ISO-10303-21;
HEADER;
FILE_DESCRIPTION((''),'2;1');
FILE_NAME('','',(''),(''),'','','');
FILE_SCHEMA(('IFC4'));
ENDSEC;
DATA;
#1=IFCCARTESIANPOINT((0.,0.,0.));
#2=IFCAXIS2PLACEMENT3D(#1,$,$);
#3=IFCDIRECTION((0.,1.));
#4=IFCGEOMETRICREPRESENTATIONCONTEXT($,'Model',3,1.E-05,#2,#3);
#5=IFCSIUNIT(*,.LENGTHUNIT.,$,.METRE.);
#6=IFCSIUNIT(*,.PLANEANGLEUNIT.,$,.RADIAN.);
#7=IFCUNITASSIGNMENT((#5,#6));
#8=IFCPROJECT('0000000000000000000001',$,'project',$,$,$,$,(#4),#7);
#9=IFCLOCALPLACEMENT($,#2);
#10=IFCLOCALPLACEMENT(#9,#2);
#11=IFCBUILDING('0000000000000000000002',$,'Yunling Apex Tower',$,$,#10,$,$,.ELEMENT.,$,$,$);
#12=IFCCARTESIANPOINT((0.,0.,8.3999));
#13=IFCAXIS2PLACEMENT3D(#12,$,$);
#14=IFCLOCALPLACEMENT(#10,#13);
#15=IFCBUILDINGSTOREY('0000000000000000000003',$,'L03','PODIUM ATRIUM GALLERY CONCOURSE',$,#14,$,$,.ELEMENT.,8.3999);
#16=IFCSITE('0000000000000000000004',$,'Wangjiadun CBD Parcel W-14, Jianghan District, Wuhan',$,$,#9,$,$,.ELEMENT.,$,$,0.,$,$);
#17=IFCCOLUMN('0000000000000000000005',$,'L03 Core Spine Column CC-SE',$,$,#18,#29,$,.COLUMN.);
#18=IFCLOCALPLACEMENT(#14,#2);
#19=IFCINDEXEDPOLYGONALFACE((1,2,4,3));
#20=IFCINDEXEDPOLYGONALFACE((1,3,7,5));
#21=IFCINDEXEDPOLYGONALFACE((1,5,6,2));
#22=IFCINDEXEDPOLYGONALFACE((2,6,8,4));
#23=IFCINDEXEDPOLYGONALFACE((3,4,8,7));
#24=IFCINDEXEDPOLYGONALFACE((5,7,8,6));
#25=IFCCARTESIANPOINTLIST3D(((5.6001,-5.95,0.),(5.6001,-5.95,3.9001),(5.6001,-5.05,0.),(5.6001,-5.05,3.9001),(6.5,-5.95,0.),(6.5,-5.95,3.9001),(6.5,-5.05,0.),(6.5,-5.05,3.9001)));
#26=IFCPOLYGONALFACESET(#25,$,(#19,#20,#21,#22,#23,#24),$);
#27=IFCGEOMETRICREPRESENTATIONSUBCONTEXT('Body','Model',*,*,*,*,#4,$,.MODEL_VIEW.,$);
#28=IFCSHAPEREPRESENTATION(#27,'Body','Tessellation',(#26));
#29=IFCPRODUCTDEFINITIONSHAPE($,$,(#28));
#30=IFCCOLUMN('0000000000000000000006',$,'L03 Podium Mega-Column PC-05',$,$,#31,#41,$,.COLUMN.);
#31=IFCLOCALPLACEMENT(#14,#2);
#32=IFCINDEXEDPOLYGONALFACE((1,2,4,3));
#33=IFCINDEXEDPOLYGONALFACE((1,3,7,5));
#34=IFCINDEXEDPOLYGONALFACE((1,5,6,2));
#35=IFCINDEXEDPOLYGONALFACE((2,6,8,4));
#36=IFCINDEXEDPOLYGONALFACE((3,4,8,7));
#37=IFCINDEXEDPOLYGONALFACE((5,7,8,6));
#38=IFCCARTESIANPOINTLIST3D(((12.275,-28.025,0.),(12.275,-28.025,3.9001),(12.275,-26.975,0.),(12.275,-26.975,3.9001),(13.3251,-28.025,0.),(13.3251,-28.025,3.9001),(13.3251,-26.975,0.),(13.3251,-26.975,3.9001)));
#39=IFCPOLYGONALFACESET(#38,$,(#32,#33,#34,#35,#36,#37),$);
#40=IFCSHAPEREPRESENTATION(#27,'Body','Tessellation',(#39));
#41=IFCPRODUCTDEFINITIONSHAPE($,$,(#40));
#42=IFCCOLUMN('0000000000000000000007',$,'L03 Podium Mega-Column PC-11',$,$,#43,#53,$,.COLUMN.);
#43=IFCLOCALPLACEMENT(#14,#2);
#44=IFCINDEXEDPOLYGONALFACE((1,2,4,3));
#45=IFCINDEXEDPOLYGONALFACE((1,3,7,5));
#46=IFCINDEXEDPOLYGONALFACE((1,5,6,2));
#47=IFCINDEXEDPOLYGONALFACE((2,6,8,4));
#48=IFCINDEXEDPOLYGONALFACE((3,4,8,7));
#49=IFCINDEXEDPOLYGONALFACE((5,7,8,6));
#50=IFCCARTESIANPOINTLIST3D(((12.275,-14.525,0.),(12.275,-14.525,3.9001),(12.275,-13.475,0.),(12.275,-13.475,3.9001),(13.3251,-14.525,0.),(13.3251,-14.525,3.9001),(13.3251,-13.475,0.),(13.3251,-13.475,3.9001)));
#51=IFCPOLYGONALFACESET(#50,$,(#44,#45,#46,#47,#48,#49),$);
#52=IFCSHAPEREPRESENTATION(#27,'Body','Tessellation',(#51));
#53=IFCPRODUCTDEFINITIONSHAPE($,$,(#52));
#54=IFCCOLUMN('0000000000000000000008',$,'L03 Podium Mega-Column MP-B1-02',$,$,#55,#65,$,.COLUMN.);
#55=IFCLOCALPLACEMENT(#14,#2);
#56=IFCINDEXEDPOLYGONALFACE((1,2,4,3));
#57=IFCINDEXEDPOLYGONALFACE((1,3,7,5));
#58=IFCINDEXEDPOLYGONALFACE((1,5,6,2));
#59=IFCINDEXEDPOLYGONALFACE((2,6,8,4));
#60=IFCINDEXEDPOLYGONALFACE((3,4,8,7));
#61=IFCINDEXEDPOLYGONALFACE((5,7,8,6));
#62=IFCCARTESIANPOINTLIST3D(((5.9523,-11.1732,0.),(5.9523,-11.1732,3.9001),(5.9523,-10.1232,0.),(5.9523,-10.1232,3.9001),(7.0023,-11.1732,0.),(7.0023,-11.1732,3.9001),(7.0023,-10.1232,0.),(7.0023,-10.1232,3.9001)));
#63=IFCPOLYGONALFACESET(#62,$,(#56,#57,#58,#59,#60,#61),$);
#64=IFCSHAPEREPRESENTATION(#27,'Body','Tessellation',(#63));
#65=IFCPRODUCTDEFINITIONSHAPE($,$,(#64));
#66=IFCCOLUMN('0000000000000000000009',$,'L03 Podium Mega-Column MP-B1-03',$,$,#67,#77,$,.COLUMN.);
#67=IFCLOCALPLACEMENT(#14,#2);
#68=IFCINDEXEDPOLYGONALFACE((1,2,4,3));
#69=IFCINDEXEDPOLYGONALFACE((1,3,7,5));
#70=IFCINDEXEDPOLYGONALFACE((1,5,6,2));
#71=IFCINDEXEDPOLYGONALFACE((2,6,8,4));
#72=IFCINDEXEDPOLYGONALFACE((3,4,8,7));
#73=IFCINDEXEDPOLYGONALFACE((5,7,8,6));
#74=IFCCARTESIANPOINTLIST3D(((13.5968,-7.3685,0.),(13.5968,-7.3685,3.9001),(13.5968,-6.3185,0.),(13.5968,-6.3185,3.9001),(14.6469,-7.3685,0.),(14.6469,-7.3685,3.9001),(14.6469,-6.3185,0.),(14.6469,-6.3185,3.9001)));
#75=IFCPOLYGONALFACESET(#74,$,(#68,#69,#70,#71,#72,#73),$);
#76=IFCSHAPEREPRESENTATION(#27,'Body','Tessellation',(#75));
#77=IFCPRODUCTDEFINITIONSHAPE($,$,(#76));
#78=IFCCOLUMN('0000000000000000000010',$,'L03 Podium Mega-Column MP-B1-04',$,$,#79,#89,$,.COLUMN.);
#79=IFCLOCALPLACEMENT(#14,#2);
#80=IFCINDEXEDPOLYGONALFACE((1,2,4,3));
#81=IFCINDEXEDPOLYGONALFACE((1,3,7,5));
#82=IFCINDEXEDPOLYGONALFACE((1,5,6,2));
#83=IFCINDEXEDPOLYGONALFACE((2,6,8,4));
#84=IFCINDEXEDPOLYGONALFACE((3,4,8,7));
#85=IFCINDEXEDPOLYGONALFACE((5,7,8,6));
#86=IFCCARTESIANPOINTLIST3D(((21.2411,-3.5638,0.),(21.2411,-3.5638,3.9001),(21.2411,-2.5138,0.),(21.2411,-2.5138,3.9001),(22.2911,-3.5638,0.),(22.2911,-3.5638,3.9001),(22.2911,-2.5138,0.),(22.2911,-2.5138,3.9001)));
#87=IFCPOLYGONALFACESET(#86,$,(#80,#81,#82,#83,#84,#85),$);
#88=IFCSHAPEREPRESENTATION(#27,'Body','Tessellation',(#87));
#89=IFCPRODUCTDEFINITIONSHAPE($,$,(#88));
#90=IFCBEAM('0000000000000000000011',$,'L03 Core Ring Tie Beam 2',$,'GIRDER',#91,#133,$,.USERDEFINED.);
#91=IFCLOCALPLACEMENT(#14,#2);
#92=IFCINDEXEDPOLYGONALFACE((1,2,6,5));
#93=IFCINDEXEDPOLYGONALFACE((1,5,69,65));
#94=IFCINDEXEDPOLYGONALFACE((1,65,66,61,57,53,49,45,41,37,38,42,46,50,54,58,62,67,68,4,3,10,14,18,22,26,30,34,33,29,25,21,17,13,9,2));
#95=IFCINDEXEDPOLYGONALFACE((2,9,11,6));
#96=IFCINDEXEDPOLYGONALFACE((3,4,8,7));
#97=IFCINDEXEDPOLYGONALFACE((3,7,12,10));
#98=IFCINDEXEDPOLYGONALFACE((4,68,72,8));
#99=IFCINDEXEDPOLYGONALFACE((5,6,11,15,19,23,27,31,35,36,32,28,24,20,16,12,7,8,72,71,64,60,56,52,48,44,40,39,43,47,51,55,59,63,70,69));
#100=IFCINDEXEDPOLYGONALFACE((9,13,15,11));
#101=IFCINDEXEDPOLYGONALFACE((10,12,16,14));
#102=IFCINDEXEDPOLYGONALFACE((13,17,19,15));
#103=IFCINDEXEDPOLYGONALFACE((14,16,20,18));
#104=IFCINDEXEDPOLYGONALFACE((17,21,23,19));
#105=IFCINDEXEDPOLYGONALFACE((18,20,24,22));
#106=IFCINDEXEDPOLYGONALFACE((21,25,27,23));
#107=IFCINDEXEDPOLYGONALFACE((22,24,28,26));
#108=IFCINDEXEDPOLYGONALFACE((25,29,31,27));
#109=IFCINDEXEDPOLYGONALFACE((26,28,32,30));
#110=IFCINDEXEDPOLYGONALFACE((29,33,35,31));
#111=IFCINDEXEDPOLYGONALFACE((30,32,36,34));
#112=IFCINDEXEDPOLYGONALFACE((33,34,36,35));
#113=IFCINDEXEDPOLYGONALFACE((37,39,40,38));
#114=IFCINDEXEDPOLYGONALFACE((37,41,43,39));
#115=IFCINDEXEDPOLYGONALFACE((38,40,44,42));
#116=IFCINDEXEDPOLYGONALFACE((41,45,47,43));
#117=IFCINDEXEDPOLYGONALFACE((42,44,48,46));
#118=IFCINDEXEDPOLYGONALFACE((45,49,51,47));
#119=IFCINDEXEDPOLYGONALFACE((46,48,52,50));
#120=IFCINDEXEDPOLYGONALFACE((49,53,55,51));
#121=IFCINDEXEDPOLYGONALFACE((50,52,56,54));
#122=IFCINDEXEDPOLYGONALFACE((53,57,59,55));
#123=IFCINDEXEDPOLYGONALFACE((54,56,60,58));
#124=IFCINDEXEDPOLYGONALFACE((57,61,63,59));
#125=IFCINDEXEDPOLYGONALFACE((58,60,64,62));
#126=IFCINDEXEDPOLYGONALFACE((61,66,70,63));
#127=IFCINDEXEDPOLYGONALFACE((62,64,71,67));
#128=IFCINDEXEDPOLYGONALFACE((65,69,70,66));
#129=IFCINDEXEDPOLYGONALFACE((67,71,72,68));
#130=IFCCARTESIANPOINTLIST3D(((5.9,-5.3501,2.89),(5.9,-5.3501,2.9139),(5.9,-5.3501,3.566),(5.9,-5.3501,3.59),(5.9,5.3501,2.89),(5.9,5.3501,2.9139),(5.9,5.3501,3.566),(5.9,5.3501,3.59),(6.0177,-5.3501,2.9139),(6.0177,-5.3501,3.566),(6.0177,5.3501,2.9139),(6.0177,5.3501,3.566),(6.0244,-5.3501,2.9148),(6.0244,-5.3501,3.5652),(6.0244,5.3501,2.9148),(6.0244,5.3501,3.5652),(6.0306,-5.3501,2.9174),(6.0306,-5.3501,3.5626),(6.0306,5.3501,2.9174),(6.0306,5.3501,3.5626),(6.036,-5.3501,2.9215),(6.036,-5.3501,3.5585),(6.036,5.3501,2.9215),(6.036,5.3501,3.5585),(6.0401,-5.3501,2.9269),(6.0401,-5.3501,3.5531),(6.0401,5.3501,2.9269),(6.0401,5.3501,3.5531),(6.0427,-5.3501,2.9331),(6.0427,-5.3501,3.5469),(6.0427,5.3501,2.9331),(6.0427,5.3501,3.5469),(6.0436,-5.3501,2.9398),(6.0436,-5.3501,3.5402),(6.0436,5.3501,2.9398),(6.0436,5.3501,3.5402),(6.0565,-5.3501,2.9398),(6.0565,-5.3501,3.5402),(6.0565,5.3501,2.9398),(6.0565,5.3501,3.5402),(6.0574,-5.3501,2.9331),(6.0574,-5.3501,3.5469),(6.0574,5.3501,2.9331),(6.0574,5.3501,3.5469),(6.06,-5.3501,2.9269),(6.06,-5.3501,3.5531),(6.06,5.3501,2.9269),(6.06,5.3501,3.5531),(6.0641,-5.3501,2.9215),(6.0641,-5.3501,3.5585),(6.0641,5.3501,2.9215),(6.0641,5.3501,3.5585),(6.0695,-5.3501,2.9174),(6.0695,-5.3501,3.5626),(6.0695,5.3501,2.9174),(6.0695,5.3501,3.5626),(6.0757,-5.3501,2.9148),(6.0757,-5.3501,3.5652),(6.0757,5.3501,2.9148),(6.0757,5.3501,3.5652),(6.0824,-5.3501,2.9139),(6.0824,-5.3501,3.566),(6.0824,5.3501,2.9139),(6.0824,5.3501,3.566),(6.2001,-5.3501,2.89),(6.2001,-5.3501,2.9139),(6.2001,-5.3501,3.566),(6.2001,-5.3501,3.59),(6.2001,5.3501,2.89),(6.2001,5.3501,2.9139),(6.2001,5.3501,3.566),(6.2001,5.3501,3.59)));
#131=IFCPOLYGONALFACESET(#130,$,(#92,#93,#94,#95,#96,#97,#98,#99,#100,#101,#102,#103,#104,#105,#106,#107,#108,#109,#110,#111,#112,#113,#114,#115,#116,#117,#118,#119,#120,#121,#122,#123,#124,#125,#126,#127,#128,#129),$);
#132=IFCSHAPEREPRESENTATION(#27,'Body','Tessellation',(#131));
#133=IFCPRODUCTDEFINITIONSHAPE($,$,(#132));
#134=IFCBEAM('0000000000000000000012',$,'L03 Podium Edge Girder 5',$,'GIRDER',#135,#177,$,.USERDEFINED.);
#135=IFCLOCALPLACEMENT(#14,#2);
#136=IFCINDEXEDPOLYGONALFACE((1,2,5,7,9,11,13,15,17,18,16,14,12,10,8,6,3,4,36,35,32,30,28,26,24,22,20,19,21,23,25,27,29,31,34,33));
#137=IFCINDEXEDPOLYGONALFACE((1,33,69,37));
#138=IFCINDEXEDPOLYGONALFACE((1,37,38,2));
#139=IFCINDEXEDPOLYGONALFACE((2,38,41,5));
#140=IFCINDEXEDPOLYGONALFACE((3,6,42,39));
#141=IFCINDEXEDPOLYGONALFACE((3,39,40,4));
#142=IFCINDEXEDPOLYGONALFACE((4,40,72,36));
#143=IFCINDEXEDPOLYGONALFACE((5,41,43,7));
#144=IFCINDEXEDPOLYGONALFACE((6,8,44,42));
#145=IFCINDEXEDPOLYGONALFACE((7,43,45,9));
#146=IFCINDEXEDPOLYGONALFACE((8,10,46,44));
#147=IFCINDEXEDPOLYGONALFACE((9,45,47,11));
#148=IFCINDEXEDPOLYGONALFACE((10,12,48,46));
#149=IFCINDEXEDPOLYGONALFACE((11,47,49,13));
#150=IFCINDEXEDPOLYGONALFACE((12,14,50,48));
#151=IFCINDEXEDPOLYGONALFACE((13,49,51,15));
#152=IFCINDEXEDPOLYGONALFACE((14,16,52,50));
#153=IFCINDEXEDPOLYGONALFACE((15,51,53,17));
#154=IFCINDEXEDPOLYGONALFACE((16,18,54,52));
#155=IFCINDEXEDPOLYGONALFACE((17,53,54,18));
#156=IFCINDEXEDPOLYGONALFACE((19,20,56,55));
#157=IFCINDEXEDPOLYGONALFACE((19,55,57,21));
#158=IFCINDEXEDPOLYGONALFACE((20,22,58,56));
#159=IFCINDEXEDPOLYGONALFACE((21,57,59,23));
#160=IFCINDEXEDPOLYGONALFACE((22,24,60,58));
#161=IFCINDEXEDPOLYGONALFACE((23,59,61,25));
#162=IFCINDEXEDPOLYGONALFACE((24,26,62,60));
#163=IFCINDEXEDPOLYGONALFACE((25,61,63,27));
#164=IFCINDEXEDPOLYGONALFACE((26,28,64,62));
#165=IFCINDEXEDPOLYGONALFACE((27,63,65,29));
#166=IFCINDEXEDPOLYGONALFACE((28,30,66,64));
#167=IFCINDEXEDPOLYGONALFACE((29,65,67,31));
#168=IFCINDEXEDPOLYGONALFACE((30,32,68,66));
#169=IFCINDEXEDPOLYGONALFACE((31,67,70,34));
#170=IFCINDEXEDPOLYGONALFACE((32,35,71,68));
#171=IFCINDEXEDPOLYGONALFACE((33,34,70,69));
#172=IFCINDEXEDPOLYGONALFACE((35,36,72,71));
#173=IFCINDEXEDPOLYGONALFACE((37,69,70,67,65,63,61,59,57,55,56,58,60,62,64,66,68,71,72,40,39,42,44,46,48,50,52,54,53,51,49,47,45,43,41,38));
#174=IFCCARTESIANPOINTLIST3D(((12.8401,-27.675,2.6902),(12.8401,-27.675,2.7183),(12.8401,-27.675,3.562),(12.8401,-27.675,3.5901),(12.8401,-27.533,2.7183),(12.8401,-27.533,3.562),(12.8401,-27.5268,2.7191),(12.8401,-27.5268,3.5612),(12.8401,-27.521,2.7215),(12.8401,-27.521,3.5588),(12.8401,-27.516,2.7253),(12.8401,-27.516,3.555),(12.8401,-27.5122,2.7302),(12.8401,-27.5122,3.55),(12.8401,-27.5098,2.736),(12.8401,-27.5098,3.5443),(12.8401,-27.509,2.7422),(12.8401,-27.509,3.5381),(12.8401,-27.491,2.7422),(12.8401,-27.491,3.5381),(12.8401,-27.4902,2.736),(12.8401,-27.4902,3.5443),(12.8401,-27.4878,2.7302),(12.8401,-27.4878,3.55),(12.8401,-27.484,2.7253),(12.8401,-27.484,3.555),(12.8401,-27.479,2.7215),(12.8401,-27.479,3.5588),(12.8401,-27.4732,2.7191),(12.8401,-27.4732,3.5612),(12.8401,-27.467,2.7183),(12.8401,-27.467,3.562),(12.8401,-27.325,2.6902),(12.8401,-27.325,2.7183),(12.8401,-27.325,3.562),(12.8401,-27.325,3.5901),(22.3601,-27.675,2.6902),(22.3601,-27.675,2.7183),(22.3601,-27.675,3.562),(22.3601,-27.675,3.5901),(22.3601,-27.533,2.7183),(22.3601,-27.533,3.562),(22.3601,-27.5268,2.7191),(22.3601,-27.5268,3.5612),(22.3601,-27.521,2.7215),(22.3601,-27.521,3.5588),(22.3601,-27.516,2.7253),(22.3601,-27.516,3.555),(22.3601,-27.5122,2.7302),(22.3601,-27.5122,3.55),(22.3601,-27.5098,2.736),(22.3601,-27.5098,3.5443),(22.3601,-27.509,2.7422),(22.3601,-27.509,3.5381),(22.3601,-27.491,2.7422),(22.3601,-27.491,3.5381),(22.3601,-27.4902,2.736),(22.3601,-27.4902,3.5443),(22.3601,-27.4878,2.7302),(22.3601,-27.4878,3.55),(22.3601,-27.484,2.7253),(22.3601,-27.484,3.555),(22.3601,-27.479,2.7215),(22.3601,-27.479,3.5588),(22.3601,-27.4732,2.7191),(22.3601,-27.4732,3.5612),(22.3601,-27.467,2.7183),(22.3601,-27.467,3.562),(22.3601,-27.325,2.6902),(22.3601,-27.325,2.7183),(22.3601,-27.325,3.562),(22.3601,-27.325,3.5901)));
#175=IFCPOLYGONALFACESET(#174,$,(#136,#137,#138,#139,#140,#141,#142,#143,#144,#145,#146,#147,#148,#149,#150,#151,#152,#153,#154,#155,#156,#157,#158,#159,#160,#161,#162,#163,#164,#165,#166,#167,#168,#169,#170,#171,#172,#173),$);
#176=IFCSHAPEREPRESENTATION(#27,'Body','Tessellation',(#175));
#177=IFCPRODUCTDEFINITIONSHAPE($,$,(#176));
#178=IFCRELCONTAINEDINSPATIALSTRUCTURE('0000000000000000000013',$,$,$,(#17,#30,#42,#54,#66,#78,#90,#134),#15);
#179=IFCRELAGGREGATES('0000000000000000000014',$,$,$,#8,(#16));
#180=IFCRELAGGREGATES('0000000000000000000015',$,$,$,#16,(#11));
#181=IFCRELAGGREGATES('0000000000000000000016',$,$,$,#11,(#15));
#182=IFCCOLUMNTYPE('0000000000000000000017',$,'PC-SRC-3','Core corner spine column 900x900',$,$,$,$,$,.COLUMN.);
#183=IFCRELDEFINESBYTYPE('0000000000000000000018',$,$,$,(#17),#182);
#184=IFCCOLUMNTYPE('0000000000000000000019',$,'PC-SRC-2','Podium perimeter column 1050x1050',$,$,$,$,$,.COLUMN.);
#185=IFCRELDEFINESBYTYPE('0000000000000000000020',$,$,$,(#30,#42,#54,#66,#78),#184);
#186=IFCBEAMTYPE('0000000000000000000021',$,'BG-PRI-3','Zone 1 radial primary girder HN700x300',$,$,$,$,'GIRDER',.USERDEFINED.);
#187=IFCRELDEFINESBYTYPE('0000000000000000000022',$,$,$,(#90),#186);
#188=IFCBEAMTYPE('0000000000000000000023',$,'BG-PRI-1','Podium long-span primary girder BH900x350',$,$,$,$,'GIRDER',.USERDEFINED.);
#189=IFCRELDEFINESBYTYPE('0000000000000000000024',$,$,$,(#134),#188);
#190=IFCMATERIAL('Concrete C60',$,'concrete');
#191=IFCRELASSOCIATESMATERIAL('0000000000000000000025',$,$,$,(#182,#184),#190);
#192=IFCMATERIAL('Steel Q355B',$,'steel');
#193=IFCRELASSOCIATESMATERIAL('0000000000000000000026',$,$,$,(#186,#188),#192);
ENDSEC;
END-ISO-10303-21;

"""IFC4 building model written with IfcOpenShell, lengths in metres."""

from ifc_helpers import new_model, si_unit, direction, frame, origin, origin_2d, place, context, subcontext, project, spatial, rectangle, i_section, extrude, source, transform, mapped, material, material_profile, profile_set, type_object, element, save


model = new_model("IFC4")

# Units and contexts
model_context = context("Model", 3, precision=1e-05, world=origin(), true_north=direction((0.0, 1.0)))
body_context = subcontext(model_context, "Body", "Model", "MODEL_VIEW")
ifc_project = project(units=[si_unit("LENGTHUNIT", "METRE"), si_unit("PLANEANGLEUNIT", "RADIAN")], contexts=[model_context])

# Site, building, storey
site_placement = place(None, origin())
site = spatial("IfcSite", under=ifc_project, at=site_placement, Name="Wangjiadun CBD Parcel W-14, Jianghan District, Wuhan", CompositionType="ELEMENT", RefElevation=0.0)
building_placement = place(site_placement, origin())
building = spatial("IfcBuilding", under=site, at=building_placement, Name="Yunling Apex Tower", CompositionType="ELEMENT")
storey_placement = place(building_placement, frame((0.0, 0.0, 8.3999)))
storey = spatial("IfcBuildingStorey", under=building, at=storey_placement, Name="L03", Description="PODIUM ATRIUM GALLERY CONCOURSE", CompositionType="ELEMENT", Elevation=8.3999)

# Columns
ifc_material_1 = material(Name="Concrete C60", Category="concrete")
ifc_material_profile_1 = material_profile(ifc_material_1, rectangle(XDim=0.8999, YDim=0.8999, at=origin_2d()))
ifc_profile_set_1 = profile_set([ifc_material_profile_1], Name="Concrete C60")
column_type_1 = type_object("IfcColumnType", Name="PC-SRC-3", Description="Core corner spine column 900x900", PredefinedType="COLUMN", material=ifc_profile_set_1)
shared_shape_1 = source(origin(), body_context, "Body", "SweptSolid", [
    extrude(rectangle(XDim=0.8999, YDim=0.8999, at=origin_2d()), origin(), (0.0, 0.0, 1.0), 3.9001),
])
column_placement = place(storey_placement, frame((6.05, -5.5, 0.0), z_axis=(0.0, 0.0, 1.0), x_axis=(1.0, 0.0, 0.0)))
element("IfcColumn", 1, at=column_placement, inside=storey, type_object=column_type_1, Name="L03 Core Spine Column CC-SE", PredefinedType="COLUMN", context=body_context, shape_type="MappedRepresentation", body=[
    mapped(shared_shape_1, transform((0.0, 0.0, 0.0), scale=1.0)),
])
ifc_material_profile_2 = material_profile(ifc_material_1, rectangle(XDim=1.05, YDim=1.05, at=origin_2d()))
ifc_profile_set_2 = profile_set([ifc_material_profile_2], Name="Concrete C60")
column_type_2 = type_object("IfcColumnType", Name="PC-SRC-2", Description="Podium perimeter column 1050x1050", PredefinedType="COLUMN", material=ifc_profile_set_2)
shared_shape_2 = source(origin(), body_context, "Body", "SweptSolid", [
    extrude(rectangle(XDim=1.05, YDim=1.05, at=origin_2d()), origin(), (0.0, 0.0, 1.0), 3.9001),
])
for number, where, z_axis, x_axis, name in (
    (2, (12.8, -27.5, 0.0), (0.0, 0.0, 1.0), (1.0, 0.0, 0.0), "L03 Podium Mega-Column PC-05"),
    (3, (12.8, -14.0, 0.0), (0.0, 0.0, 1.0), (1.0, 0.0, 0.0), "L03 Podium Mega-Column PC-11"),
    (4, (6.4773, -10.6482, 0.0), (0.0, 0.0, 1.0), (1.0, 0.0, 0.0), "L03 Podium Mega-Column MP-B1-02"),
    (5, (14.1218, -6.8435, 0.0), (0.0, 0.0, 1.0), (1.0, 0.0, 0.0), "L03 Podium Mega-Column MP-B1-03"),
    (6, (21.7661, -3.0388, 0.0), (0.0, 0.0, 1.0), (1.0, 0.0, 0.0), "L03 Podium Mega-Column MP-B1-04"),
):
    element("IfcColumn", number, at=place(storey_placement, frame(where, z_axis=z_axis, x_axis=x_axis)), inside=storey, type_object=column_type_2, Name=name, PredefinedType="COLUMN", context=body_context, shape_type="MappedRepresentation", body=[
        mapped(shared_shape_2, transform((0.0, 0.0, 0.0), scale=1.0)),
    ])

# Beams
ifc_material_2 = material(Name="Steel Q355B", Category="steel")
ifc_material_profile_3 = material_profile(ifc_material_2, i_section(OverallWidth=0.3, OverallDepth=0.7, WebThickness=0.0129, FlangeThickness=0.0239, FilletRadius=0.0259, at=origin_2d()))
ifc_profile_set_3 = profile_set([ifc_material_profile_3], Name="Steel Q355B")
beam_type_1 = type_object("IfcBeamType", Name="BG-PRI-3", Description="Zone 1 radial primary girder HN700x300", ElementType="GIRDER", PredefinedType="USERDEFINED", material=ifc_profile_set_3)
shared_shape_3 = source(origin(), body_context, "Body", "SweptSolid", [
    extrude(i_section(OverallWidth=0.3, OverallDepth=0.7, WebThickness=0.0129, FlangeThickness=0.0239, FilletRadius=0.0259, at=origin_2d()), origin(), (0.0, 0.0, 1.0), 10.7002),
])
beam_1_placement = place(storey_placement, frame((6.05, -5.3501, 3.24), z_axis=(0.0, 1.0, 0.0), x_axis=(-1.0, 0.0, 0.0)))
element("IfcBeam", 7, at=beam_1_placement, inside=storey, type_object=beam_type_1, Name="L03 Core Ring Tie Beam 2", ObjectType="GIRDER", PredefinedType="USERDEFINED", context=body_context, shape_type="MappedRepresentation", body=[
    mapped(shared_shape_3, transform((0.0, 0.0, 0.0), scale=1.0)),
])
ifc_material_profile_4 = material_profile(ifc_material_2, i_section(OverallWidth=0.3501, OverallDepth=0.8999, WebThickness=0.0181, FlangeThickness=0.0281, FilletRadius=0.0239, at=origin_2d()))
ifc_profile_set_4 = profile_set([ifc_material_profile_4], Name="Steel Q355B")
beam_type_2 = type_object("IfcBeamType", Name="BG-PRI-1", Description="Podium long-span primary girder BH900x350", ElementType="GIRDER", PredefinedType="USERDEFINED", material=ifc_profile_set_4)
shared_shape_4 = source(origin(), body_context, "Body", "SweptSolid", [
    extrude(i_section(OverallWidth=0.3501, OverallDepth=0.8999, WebThickness=0.0181, FlangeThickness=0.0281, FilletRadius=0.0239, at=origin_2d()), origin(), (0.0, 0.0, 1.0), 9.52),
])
beam_2_placement = place(storey_placement, frame((12.8401, -27.5, 3.1401), z_axis=(1.0, 0.0, 0.0), x_axis=(0.0, 1.0, 0.0)))
element("IfcBeam", 8, at=beam_2_placement, inside=storey, type_object=beam_type_2, Name="L03 Podium Edge Girder 5", ObjectType="GIRDER", PredefinedType="USERDEFINED", context=body_context, shape_type="MappedRepresentation", body=[
    mapped(shared_shape_4, transform((0.0, 0.0, 0.0), scale=1.0)),
])

save(model, "model.ifc")
